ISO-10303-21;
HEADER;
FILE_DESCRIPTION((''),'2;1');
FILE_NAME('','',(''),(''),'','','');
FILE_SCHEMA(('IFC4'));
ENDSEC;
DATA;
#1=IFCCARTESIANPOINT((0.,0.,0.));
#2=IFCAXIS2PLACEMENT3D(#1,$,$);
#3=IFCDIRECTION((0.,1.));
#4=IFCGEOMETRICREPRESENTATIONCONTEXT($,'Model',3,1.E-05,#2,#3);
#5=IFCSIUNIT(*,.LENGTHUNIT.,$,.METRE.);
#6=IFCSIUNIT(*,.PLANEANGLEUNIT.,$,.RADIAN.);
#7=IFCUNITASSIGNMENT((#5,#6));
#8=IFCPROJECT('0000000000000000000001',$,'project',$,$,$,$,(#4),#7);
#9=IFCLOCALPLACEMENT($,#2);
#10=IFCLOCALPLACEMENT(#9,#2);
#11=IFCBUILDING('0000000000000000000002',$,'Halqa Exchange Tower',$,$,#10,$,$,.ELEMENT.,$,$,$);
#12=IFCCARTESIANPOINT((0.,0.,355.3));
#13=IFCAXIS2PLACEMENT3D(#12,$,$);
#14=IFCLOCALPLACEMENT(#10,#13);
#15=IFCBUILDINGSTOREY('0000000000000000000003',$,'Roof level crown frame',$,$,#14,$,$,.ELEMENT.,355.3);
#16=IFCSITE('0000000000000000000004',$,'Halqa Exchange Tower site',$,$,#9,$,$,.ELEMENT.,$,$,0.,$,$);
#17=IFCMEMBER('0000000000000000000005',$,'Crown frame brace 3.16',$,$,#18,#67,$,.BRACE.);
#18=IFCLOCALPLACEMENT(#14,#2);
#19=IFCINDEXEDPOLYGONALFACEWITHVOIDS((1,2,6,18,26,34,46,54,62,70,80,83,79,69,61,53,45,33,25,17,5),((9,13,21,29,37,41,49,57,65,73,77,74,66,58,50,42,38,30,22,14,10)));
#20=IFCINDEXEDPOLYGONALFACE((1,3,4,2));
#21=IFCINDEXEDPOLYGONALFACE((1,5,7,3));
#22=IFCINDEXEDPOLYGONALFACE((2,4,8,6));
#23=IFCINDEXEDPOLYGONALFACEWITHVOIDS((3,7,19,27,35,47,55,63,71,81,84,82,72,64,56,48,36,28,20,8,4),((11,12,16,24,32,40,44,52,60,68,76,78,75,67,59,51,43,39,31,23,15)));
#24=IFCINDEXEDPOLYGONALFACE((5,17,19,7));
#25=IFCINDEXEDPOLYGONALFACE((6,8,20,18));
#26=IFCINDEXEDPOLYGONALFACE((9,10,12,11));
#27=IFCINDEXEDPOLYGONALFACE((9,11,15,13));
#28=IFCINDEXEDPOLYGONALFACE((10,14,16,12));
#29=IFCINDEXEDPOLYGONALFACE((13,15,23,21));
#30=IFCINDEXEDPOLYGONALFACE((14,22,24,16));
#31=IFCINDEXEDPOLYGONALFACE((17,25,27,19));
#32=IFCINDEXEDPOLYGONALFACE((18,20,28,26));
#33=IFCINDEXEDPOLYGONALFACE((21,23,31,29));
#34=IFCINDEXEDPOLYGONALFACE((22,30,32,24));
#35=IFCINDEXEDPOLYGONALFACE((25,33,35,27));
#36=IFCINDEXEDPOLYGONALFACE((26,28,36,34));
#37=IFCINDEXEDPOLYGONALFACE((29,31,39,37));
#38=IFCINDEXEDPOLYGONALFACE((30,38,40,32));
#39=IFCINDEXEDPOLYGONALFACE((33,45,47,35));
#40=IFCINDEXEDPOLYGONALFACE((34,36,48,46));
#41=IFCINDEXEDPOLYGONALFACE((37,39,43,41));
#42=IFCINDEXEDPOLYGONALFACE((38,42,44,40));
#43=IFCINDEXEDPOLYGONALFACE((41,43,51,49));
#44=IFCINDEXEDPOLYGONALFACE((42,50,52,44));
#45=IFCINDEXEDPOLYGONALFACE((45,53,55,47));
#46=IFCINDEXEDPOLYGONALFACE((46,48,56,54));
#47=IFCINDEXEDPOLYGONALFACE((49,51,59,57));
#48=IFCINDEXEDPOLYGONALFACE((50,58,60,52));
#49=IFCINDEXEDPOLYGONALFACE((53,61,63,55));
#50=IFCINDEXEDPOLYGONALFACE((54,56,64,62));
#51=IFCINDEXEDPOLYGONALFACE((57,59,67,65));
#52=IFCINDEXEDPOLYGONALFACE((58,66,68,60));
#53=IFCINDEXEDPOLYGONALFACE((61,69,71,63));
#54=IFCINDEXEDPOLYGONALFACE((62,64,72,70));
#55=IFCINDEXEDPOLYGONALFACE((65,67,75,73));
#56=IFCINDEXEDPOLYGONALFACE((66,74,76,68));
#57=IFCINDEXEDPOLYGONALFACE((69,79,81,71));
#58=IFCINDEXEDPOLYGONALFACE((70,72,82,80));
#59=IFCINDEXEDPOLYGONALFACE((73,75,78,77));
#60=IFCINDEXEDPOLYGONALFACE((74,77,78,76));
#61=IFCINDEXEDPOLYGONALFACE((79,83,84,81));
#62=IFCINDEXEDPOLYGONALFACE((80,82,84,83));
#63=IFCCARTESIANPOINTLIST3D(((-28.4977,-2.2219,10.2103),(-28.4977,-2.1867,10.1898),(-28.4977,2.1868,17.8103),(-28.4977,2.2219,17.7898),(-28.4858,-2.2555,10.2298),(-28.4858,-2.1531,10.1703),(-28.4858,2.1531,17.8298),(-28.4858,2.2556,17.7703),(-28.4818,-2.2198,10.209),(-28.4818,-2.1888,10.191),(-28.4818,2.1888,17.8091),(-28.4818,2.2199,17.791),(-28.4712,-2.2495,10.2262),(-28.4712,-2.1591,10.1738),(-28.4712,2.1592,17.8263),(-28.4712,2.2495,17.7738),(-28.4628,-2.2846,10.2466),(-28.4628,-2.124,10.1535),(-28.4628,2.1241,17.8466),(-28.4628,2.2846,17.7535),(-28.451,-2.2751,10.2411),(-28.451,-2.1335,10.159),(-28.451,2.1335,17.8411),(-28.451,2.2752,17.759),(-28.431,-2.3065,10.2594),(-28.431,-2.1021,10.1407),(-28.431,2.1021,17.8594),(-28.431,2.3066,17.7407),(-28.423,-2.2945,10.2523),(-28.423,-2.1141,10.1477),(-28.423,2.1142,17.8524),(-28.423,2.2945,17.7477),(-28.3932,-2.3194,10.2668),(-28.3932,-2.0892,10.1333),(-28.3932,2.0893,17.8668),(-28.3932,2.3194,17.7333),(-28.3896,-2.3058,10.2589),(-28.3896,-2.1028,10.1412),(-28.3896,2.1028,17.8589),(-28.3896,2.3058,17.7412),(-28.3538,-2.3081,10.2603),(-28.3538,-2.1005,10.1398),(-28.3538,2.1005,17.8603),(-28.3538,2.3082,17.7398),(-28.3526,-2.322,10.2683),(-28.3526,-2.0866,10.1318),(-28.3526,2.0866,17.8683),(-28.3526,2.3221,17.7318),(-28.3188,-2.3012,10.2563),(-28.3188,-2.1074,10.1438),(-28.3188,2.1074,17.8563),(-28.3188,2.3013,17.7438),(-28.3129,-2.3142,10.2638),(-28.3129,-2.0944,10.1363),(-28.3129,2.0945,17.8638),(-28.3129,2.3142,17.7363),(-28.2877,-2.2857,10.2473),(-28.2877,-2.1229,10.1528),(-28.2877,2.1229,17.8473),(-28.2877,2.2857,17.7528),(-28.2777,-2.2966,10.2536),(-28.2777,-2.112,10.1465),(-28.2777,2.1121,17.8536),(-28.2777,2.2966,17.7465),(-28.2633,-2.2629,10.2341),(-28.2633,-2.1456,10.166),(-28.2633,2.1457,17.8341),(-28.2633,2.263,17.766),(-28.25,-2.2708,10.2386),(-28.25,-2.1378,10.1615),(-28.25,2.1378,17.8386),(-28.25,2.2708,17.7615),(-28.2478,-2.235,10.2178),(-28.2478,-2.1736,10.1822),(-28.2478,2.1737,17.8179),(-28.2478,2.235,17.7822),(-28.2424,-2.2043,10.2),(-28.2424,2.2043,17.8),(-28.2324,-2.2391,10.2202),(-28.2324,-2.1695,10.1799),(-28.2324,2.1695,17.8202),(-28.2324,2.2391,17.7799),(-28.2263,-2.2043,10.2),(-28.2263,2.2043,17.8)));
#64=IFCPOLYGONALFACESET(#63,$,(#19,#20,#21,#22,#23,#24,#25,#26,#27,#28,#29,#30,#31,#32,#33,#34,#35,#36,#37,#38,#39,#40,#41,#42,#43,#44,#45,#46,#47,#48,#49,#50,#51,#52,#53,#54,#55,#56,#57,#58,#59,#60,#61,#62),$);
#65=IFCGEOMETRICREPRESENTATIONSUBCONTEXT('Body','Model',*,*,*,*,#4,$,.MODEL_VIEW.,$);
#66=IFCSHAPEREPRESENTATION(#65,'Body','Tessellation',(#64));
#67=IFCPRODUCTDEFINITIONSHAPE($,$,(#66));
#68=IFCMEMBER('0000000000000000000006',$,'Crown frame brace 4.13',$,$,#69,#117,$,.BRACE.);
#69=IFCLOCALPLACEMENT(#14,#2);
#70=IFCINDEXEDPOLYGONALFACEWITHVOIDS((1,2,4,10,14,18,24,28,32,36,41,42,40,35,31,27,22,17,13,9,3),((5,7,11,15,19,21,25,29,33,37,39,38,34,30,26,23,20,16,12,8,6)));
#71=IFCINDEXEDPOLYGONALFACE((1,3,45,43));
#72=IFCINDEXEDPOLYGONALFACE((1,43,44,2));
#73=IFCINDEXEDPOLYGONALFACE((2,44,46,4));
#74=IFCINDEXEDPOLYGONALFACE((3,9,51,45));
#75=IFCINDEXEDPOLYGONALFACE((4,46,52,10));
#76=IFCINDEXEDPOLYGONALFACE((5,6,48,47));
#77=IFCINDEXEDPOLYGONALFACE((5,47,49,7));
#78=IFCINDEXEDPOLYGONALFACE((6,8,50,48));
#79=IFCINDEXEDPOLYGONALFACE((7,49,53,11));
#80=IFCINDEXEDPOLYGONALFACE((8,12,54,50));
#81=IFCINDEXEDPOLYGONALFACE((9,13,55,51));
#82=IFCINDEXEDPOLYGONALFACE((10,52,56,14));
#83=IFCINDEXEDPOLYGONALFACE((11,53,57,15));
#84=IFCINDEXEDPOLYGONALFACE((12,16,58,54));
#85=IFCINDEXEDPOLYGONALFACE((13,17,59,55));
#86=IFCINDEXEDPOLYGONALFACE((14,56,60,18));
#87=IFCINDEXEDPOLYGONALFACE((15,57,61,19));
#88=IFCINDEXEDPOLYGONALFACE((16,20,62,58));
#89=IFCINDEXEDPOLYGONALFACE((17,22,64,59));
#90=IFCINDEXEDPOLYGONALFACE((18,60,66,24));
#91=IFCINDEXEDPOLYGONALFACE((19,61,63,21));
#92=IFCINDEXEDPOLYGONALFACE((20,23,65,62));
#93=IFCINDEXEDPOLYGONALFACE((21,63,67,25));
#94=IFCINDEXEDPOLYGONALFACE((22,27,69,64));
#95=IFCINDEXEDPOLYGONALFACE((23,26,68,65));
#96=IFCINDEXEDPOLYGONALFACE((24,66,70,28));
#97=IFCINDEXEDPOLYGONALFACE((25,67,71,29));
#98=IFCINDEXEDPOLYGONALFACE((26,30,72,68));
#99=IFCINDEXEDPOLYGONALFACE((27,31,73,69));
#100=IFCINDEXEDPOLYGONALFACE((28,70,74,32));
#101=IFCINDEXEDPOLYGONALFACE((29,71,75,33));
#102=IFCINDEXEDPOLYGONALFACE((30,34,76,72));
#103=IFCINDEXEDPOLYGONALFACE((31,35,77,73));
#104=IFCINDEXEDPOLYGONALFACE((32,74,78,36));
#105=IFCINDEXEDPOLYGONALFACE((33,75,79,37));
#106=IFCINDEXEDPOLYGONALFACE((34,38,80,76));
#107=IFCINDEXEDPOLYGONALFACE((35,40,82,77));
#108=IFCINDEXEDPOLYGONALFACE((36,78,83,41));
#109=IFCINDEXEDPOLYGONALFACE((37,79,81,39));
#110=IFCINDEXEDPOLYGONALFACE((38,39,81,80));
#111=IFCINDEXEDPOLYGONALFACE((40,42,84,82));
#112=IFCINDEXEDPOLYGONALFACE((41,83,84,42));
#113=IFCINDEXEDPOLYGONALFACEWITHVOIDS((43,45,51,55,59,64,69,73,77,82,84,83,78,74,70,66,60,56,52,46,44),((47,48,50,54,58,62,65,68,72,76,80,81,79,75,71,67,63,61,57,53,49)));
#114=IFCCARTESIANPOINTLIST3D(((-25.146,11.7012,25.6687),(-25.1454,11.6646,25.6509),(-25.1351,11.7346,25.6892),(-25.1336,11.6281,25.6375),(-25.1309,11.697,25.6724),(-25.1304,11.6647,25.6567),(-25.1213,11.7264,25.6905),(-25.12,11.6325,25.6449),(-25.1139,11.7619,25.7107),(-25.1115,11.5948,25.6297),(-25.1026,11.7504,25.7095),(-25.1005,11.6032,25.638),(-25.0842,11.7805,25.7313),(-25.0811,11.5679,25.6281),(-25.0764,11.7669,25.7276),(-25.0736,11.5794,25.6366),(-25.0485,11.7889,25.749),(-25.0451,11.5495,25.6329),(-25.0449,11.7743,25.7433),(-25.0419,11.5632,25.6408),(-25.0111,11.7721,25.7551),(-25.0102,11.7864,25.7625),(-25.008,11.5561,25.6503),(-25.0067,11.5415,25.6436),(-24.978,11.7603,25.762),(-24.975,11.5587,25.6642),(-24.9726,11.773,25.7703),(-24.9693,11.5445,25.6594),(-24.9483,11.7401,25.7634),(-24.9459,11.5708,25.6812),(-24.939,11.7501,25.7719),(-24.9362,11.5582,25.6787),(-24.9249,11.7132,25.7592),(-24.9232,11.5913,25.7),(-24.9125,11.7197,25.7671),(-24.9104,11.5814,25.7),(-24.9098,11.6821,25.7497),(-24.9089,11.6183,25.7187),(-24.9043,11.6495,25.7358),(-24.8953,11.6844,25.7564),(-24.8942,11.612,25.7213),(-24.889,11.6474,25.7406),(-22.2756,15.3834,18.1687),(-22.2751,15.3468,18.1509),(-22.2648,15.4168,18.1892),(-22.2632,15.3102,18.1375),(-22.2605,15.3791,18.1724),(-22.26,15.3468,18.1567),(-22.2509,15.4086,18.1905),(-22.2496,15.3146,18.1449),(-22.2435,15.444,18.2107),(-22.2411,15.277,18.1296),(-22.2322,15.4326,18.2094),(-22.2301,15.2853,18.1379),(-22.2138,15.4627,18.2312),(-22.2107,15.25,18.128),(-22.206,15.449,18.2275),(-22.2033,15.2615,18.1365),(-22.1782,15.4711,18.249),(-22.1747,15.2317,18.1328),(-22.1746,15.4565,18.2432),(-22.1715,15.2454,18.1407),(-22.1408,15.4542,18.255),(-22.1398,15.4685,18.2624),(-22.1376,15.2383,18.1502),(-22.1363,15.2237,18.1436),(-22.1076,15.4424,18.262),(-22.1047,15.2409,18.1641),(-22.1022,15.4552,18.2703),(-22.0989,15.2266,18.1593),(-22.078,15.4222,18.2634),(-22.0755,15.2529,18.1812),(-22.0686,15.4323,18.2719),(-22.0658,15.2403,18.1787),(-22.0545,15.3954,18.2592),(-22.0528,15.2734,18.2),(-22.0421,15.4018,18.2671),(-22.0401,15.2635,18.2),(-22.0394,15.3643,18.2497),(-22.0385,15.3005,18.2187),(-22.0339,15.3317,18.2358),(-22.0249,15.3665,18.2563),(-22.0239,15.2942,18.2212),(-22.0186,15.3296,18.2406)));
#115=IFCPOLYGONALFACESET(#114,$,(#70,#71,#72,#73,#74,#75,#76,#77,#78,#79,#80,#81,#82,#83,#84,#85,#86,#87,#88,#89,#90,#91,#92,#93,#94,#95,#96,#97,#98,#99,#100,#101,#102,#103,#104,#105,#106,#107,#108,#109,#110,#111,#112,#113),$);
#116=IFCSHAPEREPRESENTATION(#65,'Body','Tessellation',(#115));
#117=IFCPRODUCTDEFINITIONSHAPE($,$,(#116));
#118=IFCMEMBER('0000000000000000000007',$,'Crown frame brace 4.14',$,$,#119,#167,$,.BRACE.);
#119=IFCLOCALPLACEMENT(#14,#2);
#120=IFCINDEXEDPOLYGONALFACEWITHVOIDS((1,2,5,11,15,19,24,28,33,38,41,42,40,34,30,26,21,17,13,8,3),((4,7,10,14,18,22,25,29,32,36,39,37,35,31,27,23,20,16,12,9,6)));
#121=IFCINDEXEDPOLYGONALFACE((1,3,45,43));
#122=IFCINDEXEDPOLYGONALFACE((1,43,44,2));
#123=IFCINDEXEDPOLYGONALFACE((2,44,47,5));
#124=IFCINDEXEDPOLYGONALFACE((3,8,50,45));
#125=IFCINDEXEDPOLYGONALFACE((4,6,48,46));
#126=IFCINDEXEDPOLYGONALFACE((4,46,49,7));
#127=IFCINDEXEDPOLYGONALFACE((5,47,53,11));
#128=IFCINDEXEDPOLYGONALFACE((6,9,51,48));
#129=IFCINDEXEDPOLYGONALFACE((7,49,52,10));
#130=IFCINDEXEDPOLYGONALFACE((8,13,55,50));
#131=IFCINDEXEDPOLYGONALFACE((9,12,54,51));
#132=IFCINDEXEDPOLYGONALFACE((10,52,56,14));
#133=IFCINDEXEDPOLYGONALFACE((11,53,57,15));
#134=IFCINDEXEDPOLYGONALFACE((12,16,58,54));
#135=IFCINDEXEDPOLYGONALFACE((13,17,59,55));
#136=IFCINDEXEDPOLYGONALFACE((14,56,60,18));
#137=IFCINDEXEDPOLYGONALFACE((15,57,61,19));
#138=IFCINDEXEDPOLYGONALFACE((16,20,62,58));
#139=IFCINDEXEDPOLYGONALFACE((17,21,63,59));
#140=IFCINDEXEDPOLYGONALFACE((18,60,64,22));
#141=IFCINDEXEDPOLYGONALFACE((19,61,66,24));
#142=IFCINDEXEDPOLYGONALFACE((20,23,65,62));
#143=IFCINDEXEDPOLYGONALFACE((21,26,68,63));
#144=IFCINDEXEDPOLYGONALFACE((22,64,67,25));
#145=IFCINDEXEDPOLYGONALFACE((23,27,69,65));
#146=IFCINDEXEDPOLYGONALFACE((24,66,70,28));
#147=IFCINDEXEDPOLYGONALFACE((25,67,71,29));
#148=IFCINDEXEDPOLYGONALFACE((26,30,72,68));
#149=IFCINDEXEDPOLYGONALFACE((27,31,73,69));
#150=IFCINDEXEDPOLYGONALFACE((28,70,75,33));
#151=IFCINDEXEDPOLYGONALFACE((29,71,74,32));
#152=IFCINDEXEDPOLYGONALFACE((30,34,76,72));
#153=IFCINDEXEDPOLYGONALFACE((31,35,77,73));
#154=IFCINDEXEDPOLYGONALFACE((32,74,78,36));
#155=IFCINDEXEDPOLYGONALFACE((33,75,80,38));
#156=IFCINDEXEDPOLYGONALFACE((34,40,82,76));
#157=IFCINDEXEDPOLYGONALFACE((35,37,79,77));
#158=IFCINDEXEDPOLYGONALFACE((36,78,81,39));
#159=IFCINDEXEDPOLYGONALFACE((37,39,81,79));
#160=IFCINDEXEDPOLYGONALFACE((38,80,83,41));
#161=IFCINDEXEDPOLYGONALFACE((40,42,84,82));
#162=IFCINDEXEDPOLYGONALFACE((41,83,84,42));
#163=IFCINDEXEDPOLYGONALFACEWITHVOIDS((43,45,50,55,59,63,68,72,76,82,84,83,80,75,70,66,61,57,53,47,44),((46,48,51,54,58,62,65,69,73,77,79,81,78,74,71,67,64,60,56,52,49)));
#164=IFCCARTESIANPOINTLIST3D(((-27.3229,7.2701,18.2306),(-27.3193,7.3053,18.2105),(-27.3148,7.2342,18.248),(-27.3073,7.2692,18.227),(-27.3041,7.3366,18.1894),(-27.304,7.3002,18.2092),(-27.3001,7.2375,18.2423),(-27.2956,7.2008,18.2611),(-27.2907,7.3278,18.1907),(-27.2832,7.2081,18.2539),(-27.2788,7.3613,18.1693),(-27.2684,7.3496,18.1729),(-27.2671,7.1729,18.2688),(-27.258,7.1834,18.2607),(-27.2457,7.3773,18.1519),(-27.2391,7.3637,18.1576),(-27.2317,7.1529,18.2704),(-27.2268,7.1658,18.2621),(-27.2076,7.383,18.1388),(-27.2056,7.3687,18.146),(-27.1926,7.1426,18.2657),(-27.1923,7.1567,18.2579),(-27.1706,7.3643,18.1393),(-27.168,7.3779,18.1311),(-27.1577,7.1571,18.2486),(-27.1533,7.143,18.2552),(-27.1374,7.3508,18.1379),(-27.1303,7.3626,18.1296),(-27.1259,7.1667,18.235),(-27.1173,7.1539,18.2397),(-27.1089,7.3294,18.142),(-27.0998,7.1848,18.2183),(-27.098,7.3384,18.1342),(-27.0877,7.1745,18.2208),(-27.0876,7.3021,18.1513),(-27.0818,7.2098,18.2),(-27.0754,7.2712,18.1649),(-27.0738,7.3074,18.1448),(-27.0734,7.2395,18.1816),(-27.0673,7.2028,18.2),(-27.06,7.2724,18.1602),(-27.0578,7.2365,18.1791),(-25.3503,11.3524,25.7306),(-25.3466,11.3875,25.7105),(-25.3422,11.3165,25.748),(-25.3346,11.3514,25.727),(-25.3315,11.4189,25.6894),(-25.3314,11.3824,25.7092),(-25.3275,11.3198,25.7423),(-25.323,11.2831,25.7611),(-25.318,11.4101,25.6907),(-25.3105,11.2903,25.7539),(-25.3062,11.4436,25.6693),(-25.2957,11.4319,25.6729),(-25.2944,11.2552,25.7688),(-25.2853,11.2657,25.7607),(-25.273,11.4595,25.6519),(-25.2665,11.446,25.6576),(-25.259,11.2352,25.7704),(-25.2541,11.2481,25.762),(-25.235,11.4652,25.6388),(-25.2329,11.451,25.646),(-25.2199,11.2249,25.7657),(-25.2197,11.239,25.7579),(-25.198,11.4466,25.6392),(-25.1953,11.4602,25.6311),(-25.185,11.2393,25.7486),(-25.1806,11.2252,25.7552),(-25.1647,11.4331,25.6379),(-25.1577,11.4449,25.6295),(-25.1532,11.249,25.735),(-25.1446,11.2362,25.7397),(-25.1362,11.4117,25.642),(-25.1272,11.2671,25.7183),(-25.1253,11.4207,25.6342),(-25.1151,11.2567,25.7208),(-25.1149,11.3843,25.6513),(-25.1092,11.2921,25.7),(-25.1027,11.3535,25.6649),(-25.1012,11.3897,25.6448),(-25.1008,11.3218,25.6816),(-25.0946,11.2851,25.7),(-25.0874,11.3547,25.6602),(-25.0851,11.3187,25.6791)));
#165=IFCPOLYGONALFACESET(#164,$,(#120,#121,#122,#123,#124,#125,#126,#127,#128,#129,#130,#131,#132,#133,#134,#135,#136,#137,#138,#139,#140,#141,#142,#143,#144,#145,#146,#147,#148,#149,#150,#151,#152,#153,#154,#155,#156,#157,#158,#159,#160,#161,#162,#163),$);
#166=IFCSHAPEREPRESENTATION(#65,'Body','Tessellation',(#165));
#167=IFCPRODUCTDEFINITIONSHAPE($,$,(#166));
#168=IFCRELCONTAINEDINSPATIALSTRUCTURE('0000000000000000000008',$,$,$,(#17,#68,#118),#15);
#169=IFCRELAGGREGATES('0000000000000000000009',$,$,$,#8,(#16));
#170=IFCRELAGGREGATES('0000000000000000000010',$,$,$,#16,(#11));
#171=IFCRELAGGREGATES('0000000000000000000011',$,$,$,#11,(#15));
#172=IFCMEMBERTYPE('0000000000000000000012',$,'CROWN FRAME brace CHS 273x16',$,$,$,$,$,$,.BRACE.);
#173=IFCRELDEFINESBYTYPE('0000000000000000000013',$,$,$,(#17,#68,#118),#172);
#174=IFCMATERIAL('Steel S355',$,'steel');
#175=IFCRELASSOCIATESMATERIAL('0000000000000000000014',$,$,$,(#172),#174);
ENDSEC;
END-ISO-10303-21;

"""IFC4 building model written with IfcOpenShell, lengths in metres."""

from ifc_helpers import new_model, si_unit, direction, frame, origin, origin_2d, place, context, subcontext, project, spatial, hollow_circle, extrude, material, material_profile, profile_set, type_object, element, save


model = new_model("IFC4")

# Units and contexts
model_context = context("Model", 3, precision=1e-05, world=origin(), true_north=direction((0.0, 1.0)))
body_context = subcontext(model_context, "Body", "Model", "MODEL_VIEW")
ifc_project = project(units=[si_unit("LENGTHUNIT", "METRE"), si_unit("PLANEANGLEUNIT", "RADIAN")], contexts=[model_context])

# Site, building, storey
site_placement = place(None, origin())
site = spatial("IfcSite", under=ifc_project, at=site_placement, Name="Halqa Exchange Tower site", CompositionType="ELEMENT", RefElevation=0.0)
building_placement = place(site_placement, origin())
building = spatial("IfcBuilding", under=site, at=building_placement, Name="Halqa Exchange Tower", CompositionType="ELEMENT")
storey_placement = place(building_placement, frame((0.0, 0.0, 355.3)))
storey = spatial("IfcBuildingStorey", under=building, at=storey_placement, Name="Roof level crown frame", CompositionType="ELEMENT", Elevation=355.3)

# Members
ifc_material_1 = material(Name="Steel S355", Category="steel")
ifc_material_profile_1 = material_profile(ifc_material_1, hollow_circle(Radius=0.1365, WallThickness=0.0161, at=origin_2d()), Name="CHS 273x16")
ifc_profile_set_1 = profile_set([ifc_material_profile_1], Name="Steel S355")
member_type = type_object("IfcMemberType", Name="CROWN FRAME brace CHS 273x16", PredefinedType="BRACE", material=ifc_profile_set_1)
member_1_placement = place(storey_placement, frame((-28.3628, 2.2043, 17.8), z_axis=(0.0, -0.501772, -0.865), x_axis=(1.0, 0.0, 0.0)))
element("IfcMember", 1, at=member_1_placement, inside=storey, type_object=member_type, Name="Crown frame brace 3.16", PredefinedType="BRACE", context=body_context, shape_type="SweptSolid", body=[
    extrude(hollow_circle(Radius=0.1365, WallThickness=0.0161, at=origin_2d()), origin(), (0.0, 0.0, 1.0), 8.7861),
])
member_2_placement = place(storey_placement, frame((-22.1477, 15.3474, 18.2), z_axis=(-0.324906, -0.416793, 0.848952), x_axis=(0.788679, -0.614805, 0.0)))
element("IfcMember", 2, at=member_2_placement, inside=storey, type_object=member_type, Name="Crown frame brace 4.13", PredefinedType="BRACE", context=body_context, shape_type="SweptSolid", body=[
    extrude(hollow_circle(Radius=0.1365, WallThickness=0.0161, at=origin_2d()), origin(), (0.0, 0.0, 1.0), 8.8345),
])
member_3_placement = place(storey_placement, frame((-25.2175, 11.3445, 25.7), z_axis=(-0.225088, -0.465805, -0.855781), x_axis=(0.900387, -0.435089, 0.0)))
element("IfcMember", 3, at=member_3_placement, inside=storey, type_object=member_type, Name="Crown frame brace 4.14", PredefinedType="BRACE", context=body_context, shape_type="SweptSolid", body=[
    extrude(hollow_circle(Radius=0.1365, WallThickness=0.0161, at=origin_2d()), origin(), (0.0, 0.0, 1.0), 8.7639),
])

save(model, "model.ifc")
